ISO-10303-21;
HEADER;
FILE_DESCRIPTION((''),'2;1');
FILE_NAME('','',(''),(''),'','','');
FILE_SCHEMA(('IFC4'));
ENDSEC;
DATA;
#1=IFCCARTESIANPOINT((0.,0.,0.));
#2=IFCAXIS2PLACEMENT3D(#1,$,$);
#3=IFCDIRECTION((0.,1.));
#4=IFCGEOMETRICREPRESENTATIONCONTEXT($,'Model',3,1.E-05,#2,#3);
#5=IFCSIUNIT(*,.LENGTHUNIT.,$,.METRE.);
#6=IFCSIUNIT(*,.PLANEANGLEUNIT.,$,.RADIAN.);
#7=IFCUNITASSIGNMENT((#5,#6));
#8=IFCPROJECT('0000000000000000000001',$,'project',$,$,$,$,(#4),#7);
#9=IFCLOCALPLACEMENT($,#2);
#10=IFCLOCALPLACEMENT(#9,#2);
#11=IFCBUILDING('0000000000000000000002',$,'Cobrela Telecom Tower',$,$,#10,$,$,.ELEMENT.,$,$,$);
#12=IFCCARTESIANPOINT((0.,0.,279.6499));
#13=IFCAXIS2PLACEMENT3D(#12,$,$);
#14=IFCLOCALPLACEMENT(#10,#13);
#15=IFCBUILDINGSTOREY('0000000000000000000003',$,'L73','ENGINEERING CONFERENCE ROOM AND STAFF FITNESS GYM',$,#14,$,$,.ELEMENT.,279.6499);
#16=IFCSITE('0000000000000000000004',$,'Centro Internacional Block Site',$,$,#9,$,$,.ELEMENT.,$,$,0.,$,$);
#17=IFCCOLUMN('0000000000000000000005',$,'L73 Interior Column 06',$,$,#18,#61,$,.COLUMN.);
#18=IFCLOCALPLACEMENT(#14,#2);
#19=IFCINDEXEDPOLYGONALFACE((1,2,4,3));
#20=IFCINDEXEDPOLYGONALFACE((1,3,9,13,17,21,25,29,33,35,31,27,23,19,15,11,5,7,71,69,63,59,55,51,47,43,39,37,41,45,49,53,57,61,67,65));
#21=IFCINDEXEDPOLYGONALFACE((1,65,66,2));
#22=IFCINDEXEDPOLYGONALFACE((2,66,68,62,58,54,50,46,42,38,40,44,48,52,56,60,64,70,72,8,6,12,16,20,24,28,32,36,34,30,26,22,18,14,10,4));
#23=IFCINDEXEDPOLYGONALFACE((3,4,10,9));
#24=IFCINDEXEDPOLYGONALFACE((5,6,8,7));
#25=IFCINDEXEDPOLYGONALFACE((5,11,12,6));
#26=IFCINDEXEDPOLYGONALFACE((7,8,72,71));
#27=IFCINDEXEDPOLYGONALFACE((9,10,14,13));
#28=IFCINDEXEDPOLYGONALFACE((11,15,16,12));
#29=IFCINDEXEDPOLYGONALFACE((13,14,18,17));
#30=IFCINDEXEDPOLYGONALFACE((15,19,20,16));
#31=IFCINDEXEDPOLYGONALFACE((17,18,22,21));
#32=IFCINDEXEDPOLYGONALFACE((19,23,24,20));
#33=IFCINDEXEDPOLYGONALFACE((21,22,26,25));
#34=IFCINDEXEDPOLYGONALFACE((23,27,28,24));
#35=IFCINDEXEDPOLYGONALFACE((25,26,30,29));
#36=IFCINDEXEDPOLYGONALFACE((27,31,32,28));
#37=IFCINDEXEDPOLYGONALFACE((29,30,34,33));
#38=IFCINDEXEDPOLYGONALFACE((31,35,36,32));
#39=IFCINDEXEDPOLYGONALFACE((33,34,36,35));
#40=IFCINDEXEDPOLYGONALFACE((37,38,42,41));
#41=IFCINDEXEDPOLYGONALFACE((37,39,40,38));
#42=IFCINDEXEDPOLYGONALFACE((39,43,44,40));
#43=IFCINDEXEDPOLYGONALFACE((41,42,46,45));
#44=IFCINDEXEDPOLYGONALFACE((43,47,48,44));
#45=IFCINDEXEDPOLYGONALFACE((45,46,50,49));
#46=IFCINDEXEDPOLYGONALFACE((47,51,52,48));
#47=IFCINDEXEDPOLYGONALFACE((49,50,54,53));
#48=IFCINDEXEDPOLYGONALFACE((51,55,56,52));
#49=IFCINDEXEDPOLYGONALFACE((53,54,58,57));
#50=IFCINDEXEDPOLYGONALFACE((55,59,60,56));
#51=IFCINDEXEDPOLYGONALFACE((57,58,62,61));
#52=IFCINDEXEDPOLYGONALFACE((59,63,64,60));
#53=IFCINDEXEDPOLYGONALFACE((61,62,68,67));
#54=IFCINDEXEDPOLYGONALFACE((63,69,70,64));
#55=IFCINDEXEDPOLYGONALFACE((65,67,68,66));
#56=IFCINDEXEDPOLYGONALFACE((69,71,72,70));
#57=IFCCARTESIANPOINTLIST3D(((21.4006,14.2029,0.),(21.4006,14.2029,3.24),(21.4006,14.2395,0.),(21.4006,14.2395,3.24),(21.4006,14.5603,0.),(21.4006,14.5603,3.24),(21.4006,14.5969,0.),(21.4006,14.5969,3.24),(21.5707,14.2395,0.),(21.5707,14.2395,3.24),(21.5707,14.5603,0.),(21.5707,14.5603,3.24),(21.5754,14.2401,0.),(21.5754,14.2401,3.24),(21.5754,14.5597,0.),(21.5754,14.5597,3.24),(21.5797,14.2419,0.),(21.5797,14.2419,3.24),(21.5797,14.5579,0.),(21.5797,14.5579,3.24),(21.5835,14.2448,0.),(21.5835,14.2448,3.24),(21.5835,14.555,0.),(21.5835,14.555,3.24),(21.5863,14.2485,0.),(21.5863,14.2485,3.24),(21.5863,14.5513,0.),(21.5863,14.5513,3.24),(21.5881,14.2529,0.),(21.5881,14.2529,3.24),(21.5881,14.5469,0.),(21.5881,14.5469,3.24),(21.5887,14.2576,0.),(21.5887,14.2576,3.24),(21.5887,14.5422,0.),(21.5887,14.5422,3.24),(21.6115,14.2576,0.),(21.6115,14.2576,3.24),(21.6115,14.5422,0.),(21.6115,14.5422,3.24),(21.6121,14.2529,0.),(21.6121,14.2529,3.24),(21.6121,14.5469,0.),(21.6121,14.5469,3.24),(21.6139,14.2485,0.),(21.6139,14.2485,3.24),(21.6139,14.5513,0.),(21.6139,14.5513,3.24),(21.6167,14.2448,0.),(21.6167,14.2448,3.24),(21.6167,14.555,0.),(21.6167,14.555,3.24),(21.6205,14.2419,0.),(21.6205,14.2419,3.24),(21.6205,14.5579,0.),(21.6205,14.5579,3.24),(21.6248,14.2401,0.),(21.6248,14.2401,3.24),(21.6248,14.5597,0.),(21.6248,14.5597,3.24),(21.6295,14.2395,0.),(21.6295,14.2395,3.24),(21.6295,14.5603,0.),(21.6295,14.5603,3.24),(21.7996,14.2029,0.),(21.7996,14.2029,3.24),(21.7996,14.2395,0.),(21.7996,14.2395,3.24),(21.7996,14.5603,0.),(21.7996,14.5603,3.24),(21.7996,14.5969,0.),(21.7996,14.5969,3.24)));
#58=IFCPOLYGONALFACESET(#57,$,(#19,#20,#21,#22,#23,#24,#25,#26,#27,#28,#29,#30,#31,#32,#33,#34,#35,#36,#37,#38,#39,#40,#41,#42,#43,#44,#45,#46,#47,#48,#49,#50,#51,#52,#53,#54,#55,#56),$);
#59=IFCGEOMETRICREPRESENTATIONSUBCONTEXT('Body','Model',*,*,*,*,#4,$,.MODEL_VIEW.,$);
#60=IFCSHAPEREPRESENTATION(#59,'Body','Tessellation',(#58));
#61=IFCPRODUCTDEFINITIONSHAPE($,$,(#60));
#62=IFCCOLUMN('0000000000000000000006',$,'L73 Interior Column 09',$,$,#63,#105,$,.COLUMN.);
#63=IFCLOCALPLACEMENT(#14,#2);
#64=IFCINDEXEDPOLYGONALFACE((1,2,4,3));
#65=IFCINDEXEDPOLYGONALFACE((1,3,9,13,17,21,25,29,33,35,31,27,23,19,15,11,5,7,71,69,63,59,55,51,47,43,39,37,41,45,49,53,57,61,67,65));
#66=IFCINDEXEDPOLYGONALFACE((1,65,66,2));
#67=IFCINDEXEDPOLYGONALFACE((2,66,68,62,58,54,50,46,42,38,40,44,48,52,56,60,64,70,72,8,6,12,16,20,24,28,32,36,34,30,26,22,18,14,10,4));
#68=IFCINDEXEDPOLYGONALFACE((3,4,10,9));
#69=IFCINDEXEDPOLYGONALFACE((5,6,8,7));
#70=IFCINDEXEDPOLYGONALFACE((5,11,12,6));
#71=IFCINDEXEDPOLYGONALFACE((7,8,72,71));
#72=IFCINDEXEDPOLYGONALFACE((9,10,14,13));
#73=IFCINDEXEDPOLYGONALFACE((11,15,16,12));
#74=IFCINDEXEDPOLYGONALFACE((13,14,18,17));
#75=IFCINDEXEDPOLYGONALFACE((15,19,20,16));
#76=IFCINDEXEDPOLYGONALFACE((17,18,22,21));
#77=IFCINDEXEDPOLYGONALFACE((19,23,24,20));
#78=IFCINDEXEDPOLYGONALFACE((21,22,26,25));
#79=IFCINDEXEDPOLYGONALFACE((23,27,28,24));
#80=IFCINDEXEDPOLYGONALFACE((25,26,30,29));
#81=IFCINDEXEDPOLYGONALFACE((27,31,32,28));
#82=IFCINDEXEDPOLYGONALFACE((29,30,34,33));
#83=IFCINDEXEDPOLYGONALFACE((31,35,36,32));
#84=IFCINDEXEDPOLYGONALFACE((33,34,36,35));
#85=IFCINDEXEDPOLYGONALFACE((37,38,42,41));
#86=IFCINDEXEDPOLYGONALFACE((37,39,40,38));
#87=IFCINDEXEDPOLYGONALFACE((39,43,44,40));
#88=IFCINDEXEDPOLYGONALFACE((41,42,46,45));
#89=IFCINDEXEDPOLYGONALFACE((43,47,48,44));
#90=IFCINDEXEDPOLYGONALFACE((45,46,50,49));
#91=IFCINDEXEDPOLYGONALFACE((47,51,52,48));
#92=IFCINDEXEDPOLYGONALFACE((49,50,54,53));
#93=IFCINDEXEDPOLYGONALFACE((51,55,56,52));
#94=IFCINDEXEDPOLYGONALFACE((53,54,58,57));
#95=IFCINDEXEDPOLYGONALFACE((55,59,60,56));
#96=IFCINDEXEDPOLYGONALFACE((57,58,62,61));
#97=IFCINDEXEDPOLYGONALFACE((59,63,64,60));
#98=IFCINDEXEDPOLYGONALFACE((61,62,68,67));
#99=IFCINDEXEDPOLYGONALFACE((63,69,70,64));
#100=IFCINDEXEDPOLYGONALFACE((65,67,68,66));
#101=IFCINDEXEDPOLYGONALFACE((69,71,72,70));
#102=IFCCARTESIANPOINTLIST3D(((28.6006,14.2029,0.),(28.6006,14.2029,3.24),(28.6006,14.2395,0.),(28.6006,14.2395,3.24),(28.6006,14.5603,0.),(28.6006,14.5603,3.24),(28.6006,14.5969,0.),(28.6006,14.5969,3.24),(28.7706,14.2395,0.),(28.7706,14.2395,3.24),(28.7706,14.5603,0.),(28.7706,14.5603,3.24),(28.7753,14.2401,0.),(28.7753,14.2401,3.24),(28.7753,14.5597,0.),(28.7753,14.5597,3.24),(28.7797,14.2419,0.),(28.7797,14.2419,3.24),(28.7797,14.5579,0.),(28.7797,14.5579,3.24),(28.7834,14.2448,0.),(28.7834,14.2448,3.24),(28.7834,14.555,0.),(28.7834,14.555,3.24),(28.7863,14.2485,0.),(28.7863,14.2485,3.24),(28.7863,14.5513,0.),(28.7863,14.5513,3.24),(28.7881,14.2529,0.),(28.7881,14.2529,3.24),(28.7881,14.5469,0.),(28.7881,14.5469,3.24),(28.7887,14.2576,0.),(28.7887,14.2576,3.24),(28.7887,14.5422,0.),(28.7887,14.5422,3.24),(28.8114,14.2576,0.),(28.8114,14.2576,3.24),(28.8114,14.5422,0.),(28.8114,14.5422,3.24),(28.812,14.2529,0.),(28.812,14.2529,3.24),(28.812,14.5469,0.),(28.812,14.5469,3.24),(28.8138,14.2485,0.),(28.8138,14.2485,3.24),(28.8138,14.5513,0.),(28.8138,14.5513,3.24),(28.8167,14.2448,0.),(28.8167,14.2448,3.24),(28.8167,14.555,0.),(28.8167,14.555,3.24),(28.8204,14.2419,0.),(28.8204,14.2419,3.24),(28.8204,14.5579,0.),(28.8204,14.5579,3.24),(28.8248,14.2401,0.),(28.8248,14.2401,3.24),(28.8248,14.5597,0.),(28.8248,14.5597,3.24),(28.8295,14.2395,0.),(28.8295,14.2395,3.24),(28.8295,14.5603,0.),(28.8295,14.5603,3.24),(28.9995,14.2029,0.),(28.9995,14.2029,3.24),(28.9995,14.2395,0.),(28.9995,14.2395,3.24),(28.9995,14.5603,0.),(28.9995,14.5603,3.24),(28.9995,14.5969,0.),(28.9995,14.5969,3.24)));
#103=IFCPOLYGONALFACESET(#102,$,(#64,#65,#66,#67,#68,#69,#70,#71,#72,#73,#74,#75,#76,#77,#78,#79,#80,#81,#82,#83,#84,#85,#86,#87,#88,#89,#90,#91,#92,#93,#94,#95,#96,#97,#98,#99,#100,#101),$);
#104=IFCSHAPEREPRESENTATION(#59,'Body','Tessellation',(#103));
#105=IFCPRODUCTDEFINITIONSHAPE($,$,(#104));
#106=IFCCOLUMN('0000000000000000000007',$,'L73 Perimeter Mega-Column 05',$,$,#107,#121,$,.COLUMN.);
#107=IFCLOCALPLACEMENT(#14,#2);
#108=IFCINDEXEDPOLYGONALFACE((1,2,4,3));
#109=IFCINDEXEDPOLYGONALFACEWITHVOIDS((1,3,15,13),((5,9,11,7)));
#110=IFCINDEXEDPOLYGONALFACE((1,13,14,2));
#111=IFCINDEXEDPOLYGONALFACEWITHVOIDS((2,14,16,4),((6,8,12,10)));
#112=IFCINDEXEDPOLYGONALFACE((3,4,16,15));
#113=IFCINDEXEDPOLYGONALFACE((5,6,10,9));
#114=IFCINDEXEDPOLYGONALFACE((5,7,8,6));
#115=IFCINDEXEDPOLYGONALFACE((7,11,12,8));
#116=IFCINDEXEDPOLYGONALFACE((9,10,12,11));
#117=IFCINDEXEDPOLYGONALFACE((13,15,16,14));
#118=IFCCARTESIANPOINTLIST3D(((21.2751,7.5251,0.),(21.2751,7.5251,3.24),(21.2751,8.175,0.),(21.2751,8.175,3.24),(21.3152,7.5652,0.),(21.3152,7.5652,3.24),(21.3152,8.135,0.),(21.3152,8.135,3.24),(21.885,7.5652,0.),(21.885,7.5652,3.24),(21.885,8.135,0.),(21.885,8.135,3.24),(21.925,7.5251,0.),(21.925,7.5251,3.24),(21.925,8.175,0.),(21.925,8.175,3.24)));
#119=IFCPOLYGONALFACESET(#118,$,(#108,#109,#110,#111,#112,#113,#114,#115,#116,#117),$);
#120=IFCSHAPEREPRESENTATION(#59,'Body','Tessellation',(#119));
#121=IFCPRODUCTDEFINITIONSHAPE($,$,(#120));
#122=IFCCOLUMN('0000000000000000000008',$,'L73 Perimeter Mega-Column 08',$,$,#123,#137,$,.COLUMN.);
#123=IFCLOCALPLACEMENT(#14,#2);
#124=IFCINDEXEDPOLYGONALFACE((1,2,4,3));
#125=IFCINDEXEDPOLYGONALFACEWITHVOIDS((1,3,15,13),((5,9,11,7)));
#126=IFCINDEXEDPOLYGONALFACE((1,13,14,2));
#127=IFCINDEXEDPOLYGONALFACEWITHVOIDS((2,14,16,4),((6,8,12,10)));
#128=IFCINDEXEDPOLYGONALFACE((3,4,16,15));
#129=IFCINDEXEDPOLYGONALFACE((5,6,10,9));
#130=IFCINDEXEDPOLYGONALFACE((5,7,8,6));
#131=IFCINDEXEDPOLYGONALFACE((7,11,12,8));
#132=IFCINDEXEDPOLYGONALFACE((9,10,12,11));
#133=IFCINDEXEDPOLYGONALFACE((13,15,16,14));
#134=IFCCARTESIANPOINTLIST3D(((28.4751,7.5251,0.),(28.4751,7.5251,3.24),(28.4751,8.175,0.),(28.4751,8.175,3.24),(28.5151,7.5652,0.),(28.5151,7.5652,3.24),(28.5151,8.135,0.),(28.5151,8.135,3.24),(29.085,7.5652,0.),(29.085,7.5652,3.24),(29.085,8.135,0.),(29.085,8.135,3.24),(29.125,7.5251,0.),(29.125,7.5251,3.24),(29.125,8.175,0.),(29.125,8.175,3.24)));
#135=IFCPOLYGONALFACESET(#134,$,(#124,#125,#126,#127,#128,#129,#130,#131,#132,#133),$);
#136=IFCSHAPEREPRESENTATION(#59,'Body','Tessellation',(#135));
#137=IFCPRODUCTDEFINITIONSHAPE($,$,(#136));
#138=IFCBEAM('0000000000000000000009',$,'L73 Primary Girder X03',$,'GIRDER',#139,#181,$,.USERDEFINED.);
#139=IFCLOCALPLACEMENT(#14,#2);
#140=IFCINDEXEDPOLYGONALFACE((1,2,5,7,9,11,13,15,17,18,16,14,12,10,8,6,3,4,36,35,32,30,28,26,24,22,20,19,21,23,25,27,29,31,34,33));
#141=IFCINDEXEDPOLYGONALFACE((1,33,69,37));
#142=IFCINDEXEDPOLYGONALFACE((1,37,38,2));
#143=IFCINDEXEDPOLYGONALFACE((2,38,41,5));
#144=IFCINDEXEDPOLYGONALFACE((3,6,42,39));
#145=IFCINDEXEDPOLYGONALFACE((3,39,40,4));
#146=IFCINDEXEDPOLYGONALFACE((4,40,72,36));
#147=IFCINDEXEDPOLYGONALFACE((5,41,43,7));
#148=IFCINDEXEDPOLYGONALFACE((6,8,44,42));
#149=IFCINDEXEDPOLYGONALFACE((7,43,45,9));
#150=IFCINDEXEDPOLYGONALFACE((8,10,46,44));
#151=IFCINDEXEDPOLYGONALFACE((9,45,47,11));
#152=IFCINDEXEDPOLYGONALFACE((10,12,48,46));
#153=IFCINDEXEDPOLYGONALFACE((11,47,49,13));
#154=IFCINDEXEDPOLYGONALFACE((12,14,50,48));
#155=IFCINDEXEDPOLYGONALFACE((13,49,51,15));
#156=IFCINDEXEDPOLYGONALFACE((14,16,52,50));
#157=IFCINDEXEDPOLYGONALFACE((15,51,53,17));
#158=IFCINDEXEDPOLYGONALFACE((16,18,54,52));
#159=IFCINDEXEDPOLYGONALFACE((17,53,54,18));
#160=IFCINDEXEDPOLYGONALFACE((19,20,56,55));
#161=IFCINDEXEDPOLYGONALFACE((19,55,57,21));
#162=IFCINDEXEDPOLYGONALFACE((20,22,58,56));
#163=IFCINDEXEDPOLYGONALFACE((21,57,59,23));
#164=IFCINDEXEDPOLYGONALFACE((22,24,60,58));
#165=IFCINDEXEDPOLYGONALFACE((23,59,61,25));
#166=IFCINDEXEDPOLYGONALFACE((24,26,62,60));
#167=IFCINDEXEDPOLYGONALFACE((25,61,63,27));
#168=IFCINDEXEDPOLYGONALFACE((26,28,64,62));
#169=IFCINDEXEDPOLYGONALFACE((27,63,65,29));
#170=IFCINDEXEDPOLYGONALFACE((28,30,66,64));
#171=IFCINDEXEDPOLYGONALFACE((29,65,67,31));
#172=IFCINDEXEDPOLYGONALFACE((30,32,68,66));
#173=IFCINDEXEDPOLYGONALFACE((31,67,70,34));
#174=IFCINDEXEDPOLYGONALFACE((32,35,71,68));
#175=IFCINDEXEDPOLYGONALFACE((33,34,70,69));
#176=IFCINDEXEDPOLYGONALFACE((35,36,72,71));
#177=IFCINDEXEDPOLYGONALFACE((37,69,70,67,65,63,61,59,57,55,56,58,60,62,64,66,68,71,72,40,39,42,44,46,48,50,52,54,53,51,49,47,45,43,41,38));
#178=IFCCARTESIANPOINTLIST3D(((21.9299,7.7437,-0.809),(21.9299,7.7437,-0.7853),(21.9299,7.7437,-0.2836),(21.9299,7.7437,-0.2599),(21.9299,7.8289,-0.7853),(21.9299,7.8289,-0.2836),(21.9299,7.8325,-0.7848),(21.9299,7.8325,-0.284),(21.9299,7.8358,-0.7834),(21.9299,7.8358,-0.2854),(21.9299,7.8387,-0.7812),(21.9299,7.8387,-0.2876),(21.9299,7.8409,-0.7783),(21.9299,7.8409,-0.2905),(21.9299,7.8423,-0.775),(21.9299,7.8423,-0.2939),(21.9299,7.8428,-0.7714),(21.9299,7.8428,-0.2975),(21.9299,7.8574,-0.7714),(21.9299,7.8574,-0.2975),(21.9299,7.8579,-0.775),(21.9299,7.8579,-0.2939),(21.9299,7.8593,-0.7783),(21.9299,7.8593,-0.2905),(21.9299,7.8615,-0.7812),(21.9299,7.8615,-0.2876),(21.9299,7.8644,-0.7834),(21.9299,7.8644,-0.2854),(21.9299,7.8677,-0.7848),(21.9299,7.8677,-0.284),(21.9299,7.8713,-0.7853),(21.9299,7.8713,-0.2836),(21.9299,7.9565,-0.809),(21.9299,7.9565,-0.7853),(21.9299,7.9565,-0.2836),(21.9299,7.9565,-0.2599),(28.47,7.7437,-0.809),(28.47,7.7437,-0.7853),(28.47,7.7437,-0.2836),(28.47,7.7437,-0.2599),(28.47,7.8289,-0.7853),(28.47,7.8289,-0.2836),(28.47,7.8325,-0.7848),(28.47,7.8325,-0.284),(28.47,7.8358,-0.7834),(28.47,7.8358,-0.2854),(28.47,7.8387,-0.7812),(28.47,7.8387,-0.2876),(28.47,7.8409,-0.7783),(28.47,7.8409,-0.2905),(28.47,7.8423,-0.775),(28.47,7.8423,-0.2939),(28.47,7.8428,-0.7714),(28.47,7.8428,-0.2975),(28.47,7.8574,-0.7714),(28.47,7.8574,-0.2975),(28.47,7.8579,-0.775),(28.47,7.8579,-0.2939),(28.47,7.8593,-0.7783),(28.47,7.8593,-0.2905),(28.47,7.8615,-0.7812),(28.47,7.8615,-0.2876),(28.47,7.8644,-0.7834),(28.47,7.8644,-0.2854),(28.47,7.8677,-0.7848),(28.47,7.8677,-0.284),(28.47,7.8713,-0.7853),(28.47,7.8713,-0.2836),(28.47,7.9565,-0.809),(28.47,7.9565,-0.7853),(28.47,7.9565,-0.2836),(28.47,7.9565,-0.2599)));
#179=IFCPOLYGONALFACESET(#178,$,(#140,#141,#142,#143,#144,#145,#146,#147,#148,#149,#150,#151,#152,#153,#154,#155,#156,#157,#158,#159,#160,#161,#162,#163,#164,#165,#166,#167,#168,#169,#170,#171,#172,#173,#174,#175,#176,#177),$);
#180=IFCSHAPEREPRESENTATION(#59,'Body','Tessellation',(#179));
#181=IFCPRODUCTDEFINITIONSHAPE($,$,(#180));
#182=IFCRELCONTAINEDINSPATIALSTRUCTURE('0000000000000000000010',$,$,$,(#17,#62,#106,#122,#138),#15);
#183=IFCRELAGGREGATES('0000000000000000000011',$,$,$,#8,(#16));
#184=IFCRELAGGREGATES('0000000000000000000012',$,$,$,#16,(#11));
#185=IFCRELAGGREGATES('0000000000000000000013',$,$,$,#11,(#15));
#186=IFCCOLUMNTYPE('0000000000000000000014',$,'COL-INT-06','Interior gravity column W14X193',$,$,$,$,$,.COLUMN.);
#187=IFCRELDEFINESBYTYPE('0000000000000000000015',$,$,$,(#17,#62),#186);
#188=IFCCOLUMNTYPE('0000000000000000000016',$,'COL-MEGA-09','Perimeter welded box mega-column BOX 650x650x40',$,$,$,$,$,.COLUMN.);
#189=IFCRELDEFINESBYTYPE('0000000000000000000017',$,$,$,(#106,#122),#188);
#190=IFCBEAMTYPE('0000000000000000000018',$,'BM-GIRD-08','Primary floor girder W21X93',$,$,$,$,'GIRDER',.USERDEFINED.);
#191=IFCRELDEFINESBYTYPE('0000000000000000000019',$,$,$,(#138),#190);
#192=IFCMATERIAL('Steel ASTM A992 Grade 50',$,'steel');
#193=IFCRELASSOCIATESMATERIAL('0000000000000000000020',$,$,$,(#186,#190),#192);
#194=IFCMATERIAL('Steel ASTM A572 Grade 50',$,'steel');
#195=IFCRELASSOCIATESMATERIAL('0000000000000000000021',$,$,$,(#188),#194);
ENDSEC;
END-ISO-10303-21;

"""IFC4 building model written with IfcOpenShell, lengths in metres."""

from ifc_helpers import new_model, si_unit, direction, frame, origin, origin_2d, place, context, subcontext, project, spatial, hollow_rectangle, i_section, extrude, material, material_profile, profile_set, type_object, element, save


model = new_model("IFC4")

# Units and contexts
model_context = context("Model", 3, precision=1e-05, world=origin(), true_north=direction((0.0, 1.0)))
body_context = subcontext(model_context, "Body", "Model", "MODEL_VIEW")
ifc_project = project(units=[si_unit("LENGTHUNIT", "METRE"), si_unit("PLANEANGLEUNIT", "RADIAN")], contexts=[model_context])

# Site, building, storey
site_placement = place(None, origin())
site = spatial("IfcSite", under=ifc_project, at=site_placement, Name="Centro Internacional Block Site", CompositionType="ELEMENT", RefElevation=0.0)
building_placement = place(site_placement, origin())
building = spatial("IfcBuilding", under=site, at=building_placement, Name="Cobrela Telecom Tower", CompositionType="ELEMENT")
storey_placement = place(building_placement, frame((0.0, 0.0, 279.6499)))
storey = spatial("IfcBuildingStorey", under=building, at=storey_placement, Name="L73", Description="ENGINEERING CONFERENCE ROOM AND STAFF FITNESS GYM", CompositionType="ELEMENT", Elevation=279.6499)

# Columns
ifc_material_1 = material(Name="Steel ASTM A992 Grade 50", Category="steel")
ifc_material_profile_1 = material_profile(ifc_material_1, i_section(OverallWidth=0.3989, OverallDepth=0.394, WebThickness=0.0227, FlangeThickness=0.0366, FilletRadius=0.0181, at=origin_2d()), Name="W14X193")
ifc_profile_set_1 = profile_set([ifc_material_profile_1], Name="Steel ASTM A992 Grade 50")
column_type_1 = type_object("IfcColumnType", Name="COL-INT-06", Description="Interior gravity column W14X193", PredefinedType="COLUMN", material=ifc_profile_set_1)
for number, where, z_axis, x_axis, name in (
    (1, (21.6001, 14.3999, 0.0), (0.0, 0.0, 1.0), (1.0, 0.0, 0.0), "L73 Interior Column 06"),
    (2, (28.8, 14.3999, 0.0), (0.0, 0.0, 1.0), (1.0, 0.0, 0.0), "L73 Interior Column 09"),
):
    element("IfcColumn", number, at=place(storey_placement, frame(where, z_axis=z_axis, x_axis=x_axis)), inside=storey, type_object=column_type_1, Name=name, PredefinedType="COLUMN", context=body_context, shape_type="SweptSolid", body=[
        extrude(i_section(OverallWidth=0.3989, OverallDepth=0.394, WebThickness=0.0227, FlangeThickness=0.0366, FilletRadius=0.0181, at=origin_2d()), origin(), (0.0, 0.0, 1.0), 3.24),
    ])
ifc_material_2 = material(Name="Steel ASTM A572 Grade 50", Category="steel")
ifc_material_profile_2 = material_profile(ifc_material_2, hollow_rectangle(XDim=0.6499, YDim=0.6499, WallThickness=0.04, at=origin_2d()), Name="BOX 650x650x40")
ifc_profile_set_2 = profile_set([ifc_material_profile_2], Name="Steel ASTM A572 Grade 50")
column_type_2 = type_object("IfcColumnType", Name="COL-MEGA-09", Description="Perimeter welded box mega-column BOX 650x650x40", PredefinedType="COLUMN", material=ifc_profile_set_2)
for number, where, z_axis, x_axis, name in (
    (3, (21.6001, 7.8501, 0.0), (0.0, 0.0, 1.0), (1.0, 0.0, 0.0), "L73 Perimeter Mega-Column 05"),
    (4, (28.8, 7.8501, 0.0), (0.0, 0.0, 1.0), (1.0, 0.0, 0.0), "L73 Perimeter Mega-Column 08"),
):
    element("IfcColumn", number, at=place(storey_placement, frame(where, z_axis=z_axis, x_axis=x_axis)), inside=storey, type_object=column_type_2, Name=name, PredefinedType="COLUMN", context=body_context, shape_type="SweptSolid", body=[
        extrude(hollow_rectangle(XDim=0.6499, YDim=0.6499, WallThickness=0.04, at=origin_2d()), origin(), (0.0, 0.0, 1.0), 3.24),
    ])

# Beam
ifc_material_profile_3 = material_profile(ifc_material_1, i_section(OverallWidth=0.2129, OverallDepth=0.5491, WebThickness=0.0146, FlangeThickness=0.0237, FilletRadius=0.0139, at=origin_2d()), Name="W21X93")
ifc_profile_set_3 = profile_set([ifc_material_profile_3], Name="Steel ASTM A992 Grade 50")
beam_type_1 = type_object("IfcBeamType", Name="BM-GIRD-08", Description="Primary floor girder W21X93", ElementType="GIRDER", PredefinedType="USERDEFINED", material=ifc_profile_set_3)
beam_1_placement = place(storey_placement, frame((21.9299, 7.8501, -0.5344), z_axis=(1.0, 0.0, 0.0), x_axis=(0.0, 1.0, 0.0)))
element("IfcBeam", 5, at=beam_1_placement, inside=storey, type_object=beam_type_1, Name="L73 Primary Girder X03", ObjectType="GIRDER", PredefinedType="USERDEFINED", context=body_context, shape_type="SweptSolid", body=[
    extrude(i_section(OverallWidth=0.2129, OverallDepth=0.5491, WebThickness=0.0146, FlangeThickness=0.0237, FilletRadius=0.0139, at=origin_2d()), origin(), (0.0, 0.0, 1.0), 6.54),
])

save(model, "model.ifc")
